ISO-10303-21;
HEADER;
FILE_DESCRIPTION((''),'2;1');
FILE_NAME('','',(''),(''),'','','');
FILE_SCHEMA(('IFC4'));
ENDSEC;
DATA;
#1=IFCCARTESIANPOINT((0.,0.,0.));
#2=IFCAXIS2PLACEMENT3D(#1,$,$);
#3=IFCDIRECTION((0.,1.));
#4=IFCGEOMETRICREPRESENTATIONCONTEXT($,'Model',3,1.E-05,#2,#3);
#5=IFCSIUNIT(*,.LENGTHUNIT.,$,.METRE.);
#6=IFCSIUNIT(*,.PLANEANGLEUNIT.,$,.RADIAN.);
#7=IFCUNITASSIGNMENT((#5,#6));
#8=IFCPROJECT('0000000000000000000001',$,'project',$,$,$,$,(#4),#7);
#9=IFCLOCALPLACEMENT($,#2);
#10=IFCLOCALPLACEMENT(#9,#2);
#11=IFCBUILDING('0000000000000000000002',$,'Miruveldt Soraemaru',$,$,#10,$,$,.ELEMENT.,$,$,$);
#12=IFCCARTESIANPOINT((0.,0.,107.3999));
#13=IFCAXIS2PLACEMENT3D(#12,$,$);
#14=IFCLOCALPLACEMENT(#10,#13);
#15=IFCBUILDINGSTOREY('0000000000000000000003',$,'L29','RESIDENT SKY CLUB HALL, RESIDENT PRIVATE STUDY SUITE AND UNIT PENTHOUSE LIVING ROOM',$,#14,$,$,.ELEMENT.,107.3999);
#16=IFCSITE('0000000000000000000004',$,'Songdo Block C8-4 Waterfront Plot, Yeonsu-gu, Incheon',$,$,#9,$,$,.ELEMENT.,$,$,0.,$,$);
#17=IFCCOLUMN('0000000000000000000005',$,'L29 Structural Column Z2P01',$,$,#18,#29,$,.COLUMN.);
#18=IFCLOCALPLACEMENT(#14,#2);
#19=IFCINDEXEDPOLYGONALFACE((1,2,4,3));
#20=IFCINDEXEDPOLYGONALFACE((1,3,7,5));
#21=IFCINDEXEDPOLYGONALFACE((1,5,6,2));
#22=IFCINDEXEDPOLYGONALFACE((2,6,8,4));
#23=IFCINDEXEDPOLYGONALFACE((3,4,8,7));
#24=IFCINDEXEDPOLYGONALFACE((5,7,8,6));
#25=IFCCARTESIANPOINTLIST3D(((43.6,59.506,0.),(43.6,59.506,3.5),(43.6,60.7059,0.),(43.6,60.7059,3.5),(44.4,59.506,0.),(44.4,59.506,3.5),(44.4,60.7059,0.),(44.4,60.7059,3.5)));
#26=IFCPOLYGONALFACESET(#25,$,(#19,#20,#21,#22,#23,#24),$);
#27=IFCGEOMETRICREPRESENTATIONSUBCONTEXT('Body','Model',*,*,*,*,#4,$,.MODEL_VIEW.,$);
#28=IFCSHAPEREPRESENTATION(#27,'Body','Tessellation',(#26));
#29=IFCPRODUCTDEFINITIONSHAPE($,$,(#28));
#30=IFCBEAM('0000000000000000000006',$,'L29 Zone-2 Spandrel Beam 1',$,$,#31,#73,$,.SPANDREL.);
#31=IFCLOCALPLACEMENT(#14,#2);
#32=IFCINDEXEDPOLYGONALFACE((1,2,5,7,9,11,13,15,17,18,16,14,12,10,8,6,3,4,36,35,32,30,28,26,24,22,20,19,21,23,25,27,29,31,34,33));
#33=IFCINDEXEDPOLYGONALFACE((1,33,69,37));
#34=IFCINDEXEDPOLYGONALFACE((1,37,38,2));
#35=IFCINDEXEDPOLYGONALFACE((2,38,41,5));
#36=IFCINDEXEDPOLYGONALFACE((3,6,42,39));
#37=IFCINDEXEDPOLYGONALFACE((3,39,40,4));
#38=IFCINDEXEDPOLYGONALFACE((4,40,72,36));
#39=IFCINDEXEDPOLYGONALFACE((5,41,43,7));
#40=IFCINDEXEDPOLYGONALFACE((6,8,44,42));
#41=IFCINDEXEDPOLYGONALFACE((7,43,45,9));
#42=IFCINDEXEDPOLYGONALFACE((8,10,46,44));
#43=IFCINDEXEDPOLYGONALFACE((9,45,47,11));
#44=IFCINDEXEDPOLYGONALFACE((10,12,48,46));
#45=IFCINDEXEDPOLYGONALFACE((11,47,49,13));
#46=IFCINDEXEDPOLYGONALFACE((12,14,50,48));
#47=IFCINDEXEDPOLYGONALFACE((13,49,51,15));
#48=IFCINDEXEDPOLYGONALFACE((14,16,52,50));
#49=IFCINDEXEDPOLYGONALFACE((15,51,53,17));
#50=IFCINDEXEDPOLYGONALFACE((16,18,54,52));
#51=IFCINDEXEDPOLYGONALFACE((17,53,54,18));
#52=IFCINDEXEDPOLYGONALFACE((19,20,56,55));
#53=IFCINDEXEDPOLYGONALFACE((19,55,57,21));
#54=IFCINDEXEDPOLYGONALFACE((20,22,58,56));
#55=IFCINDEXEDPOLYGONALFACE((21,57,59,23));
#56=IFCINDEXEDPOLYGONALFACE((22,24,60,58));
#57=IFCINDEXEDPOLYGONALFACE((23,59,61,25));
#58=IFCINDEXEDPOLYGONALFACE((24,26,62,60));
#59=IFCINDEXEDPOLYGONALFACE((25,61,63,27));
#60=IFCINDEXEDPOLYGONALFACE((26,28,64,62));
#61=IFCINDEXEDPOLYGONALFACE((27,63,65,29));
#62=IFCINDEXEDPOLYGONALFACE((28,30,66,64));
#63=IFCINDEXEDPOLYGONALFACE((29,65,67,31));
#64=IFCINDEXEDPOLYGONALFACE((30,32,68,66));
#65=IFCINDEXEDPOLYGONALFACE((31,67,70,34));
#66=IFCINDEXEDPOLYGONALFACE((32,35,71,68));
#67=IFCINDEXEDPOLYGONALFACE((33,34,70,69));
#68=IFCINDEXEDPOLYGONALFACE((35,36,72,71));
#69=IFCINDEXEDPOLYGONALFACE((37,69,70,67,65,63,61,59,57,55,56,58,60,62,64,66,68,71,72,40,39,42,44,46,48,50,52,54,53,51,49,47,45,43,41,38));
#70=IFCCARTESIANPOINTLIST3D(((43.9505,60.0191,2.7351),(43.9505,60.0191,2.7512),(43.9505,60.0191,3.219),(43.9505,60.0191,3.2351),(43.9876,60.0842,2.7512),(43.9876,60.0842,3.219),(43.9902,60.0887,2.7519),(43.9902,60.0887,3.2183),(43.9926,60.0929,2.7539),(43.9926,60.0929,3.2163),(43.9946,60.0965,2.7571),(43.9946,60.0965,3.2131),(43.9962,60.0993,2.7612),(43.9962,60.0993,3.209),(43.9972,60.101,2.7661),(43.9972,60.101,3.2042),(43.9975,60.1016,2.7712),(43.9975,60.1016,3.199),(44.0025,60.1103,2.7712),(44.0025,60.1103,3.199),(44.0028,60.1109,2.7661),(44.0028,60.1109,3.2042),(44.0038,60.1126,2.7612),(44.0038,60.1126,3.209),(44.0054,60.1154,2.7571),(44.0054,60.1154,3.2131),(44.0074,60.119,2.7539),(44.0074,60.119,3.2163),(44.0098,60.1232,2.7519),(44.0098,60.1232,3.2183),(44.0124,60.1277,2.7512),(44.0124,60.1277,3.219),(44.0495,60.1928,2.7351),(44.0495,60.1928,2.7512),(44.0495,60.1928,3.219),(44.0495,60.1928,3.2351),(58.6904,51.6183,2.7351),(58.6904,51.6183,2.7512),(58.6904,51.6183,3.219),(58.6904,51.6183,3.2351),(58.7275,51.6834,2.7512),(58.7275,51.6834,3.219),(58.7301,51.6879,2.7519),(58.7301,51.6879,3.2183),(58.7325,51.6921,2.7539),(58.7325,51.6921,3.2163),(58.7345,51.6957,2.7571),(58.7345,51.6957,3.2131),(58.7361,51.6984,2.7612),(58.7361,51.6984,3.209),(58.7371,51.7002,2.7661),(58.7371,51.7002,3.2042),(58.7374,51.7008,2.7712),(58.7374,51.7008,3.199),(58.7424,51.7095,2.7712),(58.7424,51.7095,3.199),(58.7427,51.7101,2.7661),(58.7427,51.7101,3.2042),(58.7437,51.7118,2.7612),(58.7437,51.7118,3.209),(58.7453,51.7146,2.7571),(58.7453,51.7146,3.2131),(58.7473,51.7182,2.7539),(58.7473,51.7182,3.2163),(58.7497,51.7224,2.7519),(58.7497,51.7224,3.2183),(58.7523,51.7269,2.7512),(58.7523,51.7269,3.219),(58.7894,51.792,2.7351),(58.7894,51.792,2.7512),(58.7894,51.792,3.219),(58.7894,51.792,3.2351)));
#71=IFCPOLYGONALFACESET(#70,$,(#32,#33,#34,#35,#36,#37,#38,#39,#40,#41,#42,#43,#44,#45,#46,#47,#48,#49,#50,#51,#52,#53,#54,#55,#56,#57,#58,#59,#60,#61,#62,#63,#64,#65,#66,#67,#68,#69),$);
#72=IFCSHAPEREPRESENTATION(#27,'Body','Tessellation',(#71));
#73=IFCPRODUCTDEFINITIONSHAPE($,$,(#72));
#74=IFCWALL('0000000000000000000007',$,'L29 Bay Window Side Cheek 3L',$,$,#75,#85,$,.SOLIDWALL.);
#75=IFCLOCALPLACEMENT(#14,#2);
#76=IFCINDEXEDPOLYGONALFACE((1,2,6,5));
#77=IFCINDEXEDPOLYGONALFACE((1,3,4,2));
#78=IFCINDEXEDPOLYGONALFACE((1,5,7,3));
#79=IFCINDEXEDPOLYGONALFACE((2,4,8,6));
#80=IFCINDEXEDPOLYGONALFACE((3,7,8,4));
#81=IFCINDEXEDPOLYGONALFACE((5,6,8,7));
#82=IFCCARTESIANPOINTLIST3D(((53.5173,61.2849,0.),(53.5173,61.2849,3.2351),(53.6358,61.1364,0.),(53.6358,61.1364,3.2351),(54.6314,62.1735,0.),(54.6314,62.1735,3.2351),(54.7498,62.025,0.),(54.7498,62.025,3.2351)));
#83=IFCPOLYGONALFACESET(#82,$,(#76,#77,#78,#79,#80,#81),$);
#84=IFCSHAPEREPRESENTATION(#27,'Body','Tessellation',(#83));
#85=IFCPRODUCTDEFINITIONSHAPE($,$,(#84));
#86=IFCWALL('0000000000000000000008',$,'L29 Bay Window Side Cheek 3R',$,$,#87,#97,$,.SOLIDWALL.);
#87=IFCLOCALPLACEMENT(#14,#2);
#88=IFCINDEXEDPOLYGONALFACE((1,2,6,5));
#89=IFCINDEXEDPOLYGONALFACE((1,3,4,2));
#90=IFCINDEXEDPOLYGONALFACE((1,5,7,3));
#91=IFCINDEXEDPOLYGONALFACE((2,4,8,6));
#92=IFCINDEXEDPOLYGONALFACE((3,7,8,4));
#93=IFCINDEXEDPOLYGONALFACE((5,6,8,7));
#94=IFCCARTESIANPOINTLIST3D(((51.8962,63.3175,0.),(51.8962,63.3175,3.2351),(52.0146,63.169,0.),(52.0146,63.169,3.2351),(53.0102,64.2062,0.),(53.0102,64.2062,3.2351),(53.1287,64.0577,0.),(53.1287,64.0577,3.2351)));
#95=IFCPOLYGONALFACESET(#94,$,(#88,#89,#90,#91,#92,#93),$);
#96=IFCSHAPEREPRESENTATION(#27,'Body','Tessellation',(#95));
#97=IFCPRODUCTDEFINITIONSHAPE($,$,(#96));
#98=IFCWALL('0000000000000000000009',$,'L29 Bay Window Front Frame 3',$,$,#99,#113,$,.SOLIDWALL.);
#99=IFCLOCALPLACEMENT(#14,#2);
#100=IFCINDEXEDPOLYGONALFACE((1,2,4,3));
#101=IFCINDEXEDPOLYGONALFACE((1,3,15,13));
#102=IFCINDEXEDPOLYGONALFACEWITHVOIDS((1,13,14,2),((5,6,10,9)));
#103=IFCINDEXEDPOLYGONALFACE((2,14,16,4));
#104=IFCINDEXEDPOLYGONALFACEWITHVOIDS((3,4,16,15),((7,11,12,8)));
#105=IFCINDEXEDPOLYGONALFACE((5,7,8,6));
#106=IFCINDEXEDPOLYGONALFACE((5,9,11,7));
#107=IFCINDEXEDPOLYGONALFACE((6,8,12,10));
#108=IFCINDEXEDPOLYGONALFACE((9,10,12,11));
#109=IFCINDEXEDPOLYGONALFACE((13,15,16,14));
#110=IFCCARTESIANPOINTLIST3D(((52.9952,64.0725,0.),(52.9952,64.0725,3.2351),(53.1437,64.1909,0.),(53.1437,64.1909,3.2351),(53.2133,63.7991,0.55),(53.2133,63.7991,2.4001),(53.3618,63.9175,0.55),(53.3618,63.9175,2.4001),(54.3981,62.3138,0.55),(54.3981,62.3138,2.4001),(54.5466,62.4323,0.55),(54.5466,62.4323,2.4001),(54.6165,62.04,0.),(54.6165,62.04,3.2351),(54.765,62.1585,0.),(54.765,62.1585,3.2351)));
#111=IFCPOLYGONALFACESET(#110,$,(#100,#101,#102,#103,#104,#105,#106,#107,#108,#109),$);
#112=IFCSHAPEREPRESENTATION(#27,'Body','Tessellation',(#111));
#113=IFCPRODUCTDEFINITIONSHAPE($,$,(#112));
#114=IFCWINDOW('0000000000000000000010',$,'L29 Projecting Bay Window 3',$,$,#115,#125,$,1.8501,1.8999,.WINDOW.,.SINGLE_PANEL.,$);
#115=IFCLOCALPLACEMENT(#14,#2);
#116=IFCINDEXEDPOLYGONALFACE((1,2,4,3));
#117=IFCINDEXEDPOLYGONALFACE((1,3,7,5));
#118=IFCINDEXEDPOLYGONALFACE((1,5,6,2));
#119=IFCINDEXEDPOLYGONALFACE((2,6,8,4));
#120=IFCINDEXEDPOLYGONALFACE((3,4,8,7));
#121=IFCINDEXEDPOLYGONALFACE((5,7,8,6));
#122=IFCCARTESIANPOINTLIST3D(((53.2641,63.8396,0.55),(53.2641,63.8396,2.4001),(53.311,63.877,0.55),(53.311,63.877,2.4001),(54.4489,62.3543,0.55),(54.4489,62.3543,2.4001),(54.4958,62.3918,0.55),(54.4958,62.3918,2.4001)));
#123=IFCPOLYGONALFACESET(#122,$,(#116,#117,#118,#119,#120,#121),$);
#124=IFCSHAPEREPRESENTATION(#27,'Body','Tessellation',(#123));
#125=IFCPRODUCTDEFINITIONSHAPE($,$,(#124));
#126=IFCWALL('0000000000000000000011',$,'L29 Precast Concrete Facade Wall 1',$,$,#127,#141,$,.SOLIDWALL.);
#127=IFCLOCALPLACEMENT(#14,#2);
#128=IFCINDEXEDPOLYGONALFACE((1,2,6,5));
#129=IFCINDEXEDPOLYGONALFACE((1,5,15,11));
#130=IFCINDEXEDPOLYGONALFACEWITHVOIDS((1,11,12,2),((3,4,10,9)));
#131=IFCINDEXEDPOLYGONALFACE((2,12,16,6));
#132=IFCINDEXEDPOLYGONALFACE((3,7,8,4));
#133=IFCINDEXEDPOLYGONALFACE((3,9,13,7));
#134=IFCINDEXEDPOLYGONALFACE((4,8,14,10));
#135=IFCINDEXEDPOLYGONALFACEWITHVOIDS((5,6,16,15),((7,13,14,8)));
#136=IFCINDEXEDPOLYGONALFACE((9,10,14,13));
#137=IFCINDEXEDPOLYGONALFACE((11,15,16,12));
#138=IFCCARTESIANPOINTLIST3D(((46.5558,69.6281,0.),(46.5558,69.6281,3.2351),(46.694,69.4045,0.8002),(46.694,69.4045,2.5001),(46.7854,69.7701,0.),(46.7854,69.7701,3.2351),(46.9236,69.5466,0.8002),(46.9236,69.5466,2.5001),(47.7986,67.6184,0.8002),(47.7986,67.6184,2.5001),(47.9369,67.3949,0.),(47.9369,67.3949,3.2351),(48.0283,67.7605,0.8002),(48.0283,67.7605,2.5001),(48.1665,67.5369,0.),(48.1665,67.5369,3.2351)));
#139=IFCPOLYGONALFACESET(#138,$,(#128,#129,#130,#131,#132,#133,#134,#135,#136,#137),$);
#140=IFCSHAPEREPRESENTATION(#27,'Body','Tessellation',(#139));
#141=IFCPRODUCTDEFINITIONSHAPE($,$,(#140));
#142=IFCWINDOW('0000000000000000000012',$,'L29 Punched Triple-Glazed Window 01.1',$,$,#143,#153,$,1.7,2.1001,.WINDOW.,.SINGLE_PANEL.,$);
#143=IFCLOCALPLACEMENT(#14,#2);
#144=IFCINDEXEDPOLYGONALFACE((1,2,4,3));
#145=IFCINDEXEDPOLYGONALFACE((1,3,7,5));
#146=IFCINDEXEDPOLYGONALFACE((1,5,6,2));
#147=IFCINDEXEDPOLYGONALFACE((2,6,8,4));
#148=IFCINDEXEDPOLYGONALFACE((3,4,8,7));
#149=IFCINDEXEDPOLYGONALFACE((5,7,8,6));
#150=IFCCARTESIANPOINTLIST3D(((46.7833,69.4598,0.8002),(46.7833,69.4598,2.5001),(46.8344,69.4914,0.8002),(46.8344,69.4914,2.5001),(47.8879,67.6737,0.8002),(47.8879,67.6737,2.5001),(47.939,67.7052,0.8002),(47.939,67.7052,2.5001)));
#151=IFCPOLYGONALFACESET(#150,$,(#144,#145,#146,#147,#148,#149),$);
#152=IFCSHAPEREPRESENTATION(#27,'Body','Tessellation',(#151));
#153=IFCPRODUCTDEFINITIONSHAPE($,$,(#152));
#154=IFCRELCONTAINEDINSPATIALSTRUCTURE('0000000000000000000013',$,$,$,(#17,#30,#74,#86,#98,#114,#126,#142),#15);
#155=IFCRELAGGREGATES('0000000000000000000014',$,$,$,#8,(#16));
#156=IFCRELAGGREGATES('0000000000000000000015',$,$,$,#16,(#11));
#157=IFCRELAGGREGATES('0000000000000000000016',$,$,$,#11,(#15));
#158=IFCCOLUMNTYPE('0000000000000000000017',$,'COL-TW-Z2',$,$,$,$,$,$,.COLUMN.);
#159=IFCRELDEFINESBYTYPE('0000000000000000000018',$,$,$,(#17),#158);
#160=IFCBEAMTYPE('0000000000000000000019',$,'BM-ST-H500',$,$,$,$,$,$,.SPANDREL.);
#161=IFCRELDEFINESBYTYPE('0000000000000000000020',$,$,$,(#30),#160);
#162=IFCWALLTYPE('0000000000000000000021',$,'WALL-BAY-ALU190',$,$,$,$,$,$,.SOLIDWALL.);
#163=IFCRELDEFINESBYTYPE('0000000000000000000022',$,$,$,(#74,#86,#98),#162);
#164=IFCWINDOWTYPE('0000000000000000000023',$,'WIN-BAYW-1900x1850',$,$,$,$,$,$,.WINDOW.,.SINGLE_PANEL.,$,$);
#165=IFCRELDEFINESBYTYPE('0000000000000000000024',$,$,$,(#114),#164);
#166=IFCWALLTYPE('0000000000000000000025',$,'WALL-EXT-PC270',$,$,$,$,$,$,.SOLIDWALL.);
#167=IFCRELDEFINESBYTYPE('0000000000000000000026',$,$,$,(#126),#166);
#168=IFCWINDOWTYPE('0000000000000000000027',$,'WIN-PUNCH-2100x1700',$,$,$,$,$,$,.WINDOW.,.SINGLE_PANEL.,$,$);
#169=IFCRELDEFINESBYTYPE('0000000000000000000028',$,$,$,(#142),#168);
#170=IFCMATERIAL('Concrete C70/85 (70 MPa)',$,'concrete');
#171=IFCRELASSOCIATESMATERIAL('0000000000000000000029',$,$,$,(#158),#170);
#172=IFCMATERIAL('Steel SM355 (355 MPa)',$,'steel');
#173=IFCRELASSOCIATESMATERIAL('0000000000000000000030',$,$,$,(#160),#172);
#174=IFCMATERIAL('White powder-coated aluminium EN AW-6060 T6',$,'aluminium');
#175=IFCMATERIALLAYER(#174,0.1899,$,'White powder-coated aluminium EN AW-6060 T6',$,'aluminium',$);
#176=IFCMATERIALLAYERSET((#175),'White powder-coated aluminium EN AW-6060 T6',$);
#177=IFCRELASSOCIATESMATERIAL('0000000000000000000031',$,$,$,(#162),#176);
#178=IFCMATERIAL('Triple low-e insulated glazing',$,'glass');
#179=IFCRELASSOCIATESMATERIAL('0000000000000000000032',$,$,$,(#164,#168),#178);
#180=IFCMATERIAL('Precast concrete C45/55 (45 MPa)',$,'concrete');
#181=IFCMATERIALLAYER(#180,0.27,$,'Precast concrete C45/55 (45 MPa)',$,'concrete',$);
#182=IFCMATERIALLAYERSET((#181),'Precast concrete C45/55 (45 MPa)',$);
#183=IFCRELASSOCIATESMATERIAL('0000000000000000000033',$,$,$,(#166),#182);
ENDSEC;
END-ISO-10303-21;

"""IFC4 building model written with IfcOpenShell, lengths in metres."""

from ifc_helpers import new_model, si_unit, direction, frame, frame_2d, origin, origin_2d, place, context, subcontext, project, spatial, rectangle, i_section, extrude, material, layer, layer_set, material_profile, profile_set, type_object, element, fill, save


model = new_model("IFC4")

# Units and contexts
model_context = context("Model", 3, precision=1e-05, world=origin(), true_north=direction((0.0, 1.0)))
body_context = subcontext(model_context, "Body", "Model", "MODEL_VIEW")
ifc_project = project(units=[si_unit("LENGTHUNIT", "METRE"), si_unit("PLANEANGLEUNIT", "RADIAN")], contexts=[model_context])

# Site, building, storey
site_placement = place(None, origin())
site = spatial("IfcSite", under=ifc_project, at=site_placement, Name="Songdo Block C8-4 Waterfront Plot, Yeonsu-gu, Incheon", CompositionType="ELEMENT", RefElevation=0.0)
building_placement = place(site_placement, origin())
building = spatial("IfcBuilding", under=site, at=building_placement, Name="Miruveldt Soraemaru", CompositionType="ELEMENT")
storey_placement = place(building_placement, frame((0.0, 0.0, 107.3999)))
storey = spatial("IfcBuildingStorey", under=building, at=storey_placement, Name="L29", Description="RESIDENT SKY CLUB HALL, RESIDENT PRIVATE STUDY SUITE AND UNIT PENTHOUSE LIVING ROOM", CompositionType="ELEMENT", Elevation=107.3999)

# Column
ifc_material_1 = material(Name="Concrete C70/85 (70 MPa)", Category="concrete")
ifc_material_profile_1 = material_profile(ifc_material_1, rectangle(XDim=1.2, YDim=0.8, at=origin_2d()), Name="Concrete C70/85 (70 MPa)", Category="concrete")
ifc_profile_set_1 = profile_set([ifc_material_profile_1], Name="Concrete C70/85 (70 MPa)")
column_type = type_object("IfcColumnType", Name="COL-TW-Z2", PredefinedType="COLUMN", material=ifc_profile_set_1)
column_placement = place(storey_placement, frame((44.0, 60.106, 0.0), z_axis=(0.0, 0.0, 1.0), x_axis=(0.0, 1.0, 0.0)))
element("IfcColumn", 1, at=column_placement, inside=storey, type_object=column_type, Name="L29 Structural Column Z2P01", PredefinedType="COLUMN", context=body_context, shape_type="SweptSolid", body=[
    extrude(rectangle(XDim=1.2, YDim=0.8, at=origin_2d()), origin(), (0.0, 0.0, 1.0), 3.5),
])

# Beam
ifc_material_2 = material(Name="Steel SM355 (355 MPa)", Category="steel")
ifc_material_profile_2 = material_profile(ifc_material_2, i_section(OverallWidth=0.2, OverallDepth=0.5, WebThickness=0.01, FlangeThickness=0.0161, FilletRadius=0.02, at=origin_2d()), Name="Steel SM355 (355 MPa)", Category="steel")
ifc_profile_set_2 = profile_set([ifc_material_profile_2], Name="Steel SM355 (355 MPa)")
beam_type = type_object("IfcBeamType", Name="BM-ST-H500", PredefinedType="SPANDREL", material=ifc_profile_set_2)
beam_placement = place(storey_placement, frame((44.0, 60.106, 2.9851), z_axis=(0.8688, -0.495162, 0.0), x_axis=(0.495162, 0.8688, 0.0)))
element("IfcBeam", 2, at=beam_placement, inside=storey, type_object=beam_type, Name="L29 Zone-2 Spandrel Beam 1", PredefinedType="SPANDREL", context=body_context, shape_type="SweptSolid", body=[
    extrude(i_section(OverallWidth=0.2, OverallDepth=0.5, WebThickness=0.01, FlangeThickness=0.0161, FilletRadius=0.02, at=origin_2d()), origin(), (0.0, 0.0, 1.0), 16.9658),
])

# Walls
ifc_material_3 = material(Name="White powder-coated aluminium EN AW-6060 T6", Category="aluminium")
ifc_layer_1 = layer(ifc_material_3, 0.1899, Name="White powder-coated aluminium EN AW-6060 T6", Category="aluminium")
ifc_layer_set_1 = layer_set([ifc_layer_1], Name="White powder-coated aluminium EN AW-6060 T6")
wall_type_1 = type_object("IfcWallType", Name="WALL-BAY-ALU190", PredefinedType="SOLIDWALL", material=ifc_layer_set_1)
for number, where, z_axis, x_axis, name in (
    (3, (53.5767, 61.2107, 0.0), (0.0, 0.0, 1.0), (0.781737, 0.623608, 0.0), "L29 Bay Window Side Cheek 3L"),
    (4, (53.0693, 64.1318, 0.0), (0.0, 0.0, 1.0), (-0.781737, -0.623608, 0.0), "L29 Bay Window Side Cheek 3R"),
):
    element("IfcWall", number, at=place(storey_placement, frame(where, z_axis=z_axis, x_axis=x_axis)), inside=storey, type_object=wall_type_1, Name=name, PredefinedType="SOLIDWALL", context=body_context, shape_type="SweptSolid", body=[
        extrude(rectangle(XDim=1.425, YDim=0.1899, at=frame_2d((0.7124, 0.0))), origin(), (0.0, 0.0, 1.0), 3.2351),
    ])

# Walls, openings, windows
wall_1_placement = place(storey_placement, frame((54.6907, 62.0994, 0.0), z_axis=(0.0, 0.0, 1.0), x_axis=(-0.623607, 0.781738, 0.0)))
wall_1 = element("IfcWall", 5, at=wall_1_placement, inside=storey, type_object=wall_type_1, Name="L29 Bay Window Front Frame 3", PredefinedType="SOLIDWALL", context=body_context, shape_type="SweptSolid", body=[
    extrude(rectangle(XDim=2.5999, YDim=0.1899, at=frame_2d((1.2998, 0.0))), origin(), (0.0, 0.0, 1.0), 3.2351),
])
opening_1_placement = place(wall_1_placement, frame((0.3501, 0.0, 0.55)))
opening_1 = element("IfcOpeningElement", 6, at=opening_1_placement, cuts=wall_1, PredefinedType="OPENING", context=body_context, shape_type="SweptSolid", body=[
    extrude(rectangle(XDim=1.8999, YDim=1.8501, at=frame_2d((0.95, 0.925))), frame((0.0, 0.105, 0.0), z_axis=(0.0, -1.0, 0.0), x_axis=(1.0, 0.0, 0.0)), (0.0, 0.0, 1.0), 0.21),
])
ifc_material_4 = material(Name="Triple low-e insulated glazing", Category="glass")
window_type_1 = type_object("IfcWindowType", Name="WIN-BAYW-1900x1850", PartitioningType="SINGLE_PANEL", PredefinedType="WINDOW", material=ifc_material_4)
window_1_placement = place(opening_1_placement, origin())
window_1 = element("IfcWindow", 7, at=window_1_placement, inside=storey, type_object=window_type_1, Name="L29 Projecting Bay Window 3", OverallHeight=1.8501, OverallWidth=1.8999, PartitioningType="SINGLE_PANEL", PredefinedType="WINDOW", context=body_context, shape_type="SweptSolid", body=[
    extrude(rectangle(XDim=1.8999, YDim=1.8501, at=frame_2d((0.95, 0.925))), frame((0.0, 0.03, 0.0), z_axis=(0.0, -1.0, 0.0), x_axis=(1.0, 0.0, 0.0)), (0.0, 0.0, 1.0), 0.0601),
])
fill(opening_1, window_1)
ifc_material_5 = material(Name="Precast concrete C45/55 (45 MPa)", Category="concrete")
ifc_layer_2 = layer(ifc_material_5, 0.27, Name="Precast concrete C45/55 (45 MPa)", Category="concrete")
ifc_layer_set_2 = layer_set([ifc_layer_2], Name="Precast concrete C45/55 (45 MPa)")
wall_type_2 = type_object("IfcWallType", Name="WALL-EXT-PC270", PredefinedType="SOLIDWALL", material=ifc_layer_set_2)
wall_2_placement = place(storey_placement, frame((48.0518, 67.4658, 0.0), z_axis=(0.0, 0.0, 1.0), x_axis=(-0.52599, 0.850491, 0.0)))
wall_2 = element("IfcWall", 8, at=wall_2_placement, inside=storey, type_object=wall_type_2, Name="L29 Precast Concrete Facade Wall 1", PredefinedType="SOLIDWALL", context=body_context, shape_type="SweptSolid", body=[
    extrude(rectangle(XDim=2.6257, YDim=0.27, at=frame_2d((1.313, 0.0))), origin(), (0.0, 0.0, 1.0), 3.2351),
])
opening_2_placement = place(wall_2_placement, frame((0.2629, 0.0, 0.8)))
opening_2 = element("IfcOpeningElement", 9, at=opening_2_placement, cuts=wall_2, PredefinedType="OPENING", context=body_context, shape_type="SweptSolid", body=[
    extrude(rectangle(XDim=2.1001, YDim=1.7, at=frame_2d((1.05, 0.8501))), frame((0.0, 0.145, 0.0), z_axis=(0.0, -1.0, 0.0), x_axis=(1.0, 0.0, 0.0)), (0.0, 0.0, 1.0), 0.29),
])
window_type_2 = type_object("IfcWindowType", Name="WIN-PUNCH-2100x1700", PartitioningType="SINGLE_PANEL", PredefinedType="WINDOW", material=ifc_material_4)
window_2_placement = place(opening_2_placement, origin())
window_2 = element("IfcWindow", 10, at=window_2_placement, inside=storey, type_object=window_type_2, Name="L29 Punched Triple-Glazed Window 01.1", OverallHeight=1.7, OverallWidth=2.1001, PartitioningType="SINGLE_PANEL", PredefinedType="WINDOW", context=body_context, shape_type="SweptSolid", body=[
    extrude(rectangle(XDim=2.1001, YDim=1.7, at=frame_2d((1.05, 0.8501))), frame((0.0, 0.03, 0.0), z_axis=(0.0, -1.0, 0.0), x_axis=(1.0, 0.0, 0.0)), (0.0, 0.0, 1.0), 0.0601),
])
fill(opening_2, window_2)

save(model, "model.ifc")
